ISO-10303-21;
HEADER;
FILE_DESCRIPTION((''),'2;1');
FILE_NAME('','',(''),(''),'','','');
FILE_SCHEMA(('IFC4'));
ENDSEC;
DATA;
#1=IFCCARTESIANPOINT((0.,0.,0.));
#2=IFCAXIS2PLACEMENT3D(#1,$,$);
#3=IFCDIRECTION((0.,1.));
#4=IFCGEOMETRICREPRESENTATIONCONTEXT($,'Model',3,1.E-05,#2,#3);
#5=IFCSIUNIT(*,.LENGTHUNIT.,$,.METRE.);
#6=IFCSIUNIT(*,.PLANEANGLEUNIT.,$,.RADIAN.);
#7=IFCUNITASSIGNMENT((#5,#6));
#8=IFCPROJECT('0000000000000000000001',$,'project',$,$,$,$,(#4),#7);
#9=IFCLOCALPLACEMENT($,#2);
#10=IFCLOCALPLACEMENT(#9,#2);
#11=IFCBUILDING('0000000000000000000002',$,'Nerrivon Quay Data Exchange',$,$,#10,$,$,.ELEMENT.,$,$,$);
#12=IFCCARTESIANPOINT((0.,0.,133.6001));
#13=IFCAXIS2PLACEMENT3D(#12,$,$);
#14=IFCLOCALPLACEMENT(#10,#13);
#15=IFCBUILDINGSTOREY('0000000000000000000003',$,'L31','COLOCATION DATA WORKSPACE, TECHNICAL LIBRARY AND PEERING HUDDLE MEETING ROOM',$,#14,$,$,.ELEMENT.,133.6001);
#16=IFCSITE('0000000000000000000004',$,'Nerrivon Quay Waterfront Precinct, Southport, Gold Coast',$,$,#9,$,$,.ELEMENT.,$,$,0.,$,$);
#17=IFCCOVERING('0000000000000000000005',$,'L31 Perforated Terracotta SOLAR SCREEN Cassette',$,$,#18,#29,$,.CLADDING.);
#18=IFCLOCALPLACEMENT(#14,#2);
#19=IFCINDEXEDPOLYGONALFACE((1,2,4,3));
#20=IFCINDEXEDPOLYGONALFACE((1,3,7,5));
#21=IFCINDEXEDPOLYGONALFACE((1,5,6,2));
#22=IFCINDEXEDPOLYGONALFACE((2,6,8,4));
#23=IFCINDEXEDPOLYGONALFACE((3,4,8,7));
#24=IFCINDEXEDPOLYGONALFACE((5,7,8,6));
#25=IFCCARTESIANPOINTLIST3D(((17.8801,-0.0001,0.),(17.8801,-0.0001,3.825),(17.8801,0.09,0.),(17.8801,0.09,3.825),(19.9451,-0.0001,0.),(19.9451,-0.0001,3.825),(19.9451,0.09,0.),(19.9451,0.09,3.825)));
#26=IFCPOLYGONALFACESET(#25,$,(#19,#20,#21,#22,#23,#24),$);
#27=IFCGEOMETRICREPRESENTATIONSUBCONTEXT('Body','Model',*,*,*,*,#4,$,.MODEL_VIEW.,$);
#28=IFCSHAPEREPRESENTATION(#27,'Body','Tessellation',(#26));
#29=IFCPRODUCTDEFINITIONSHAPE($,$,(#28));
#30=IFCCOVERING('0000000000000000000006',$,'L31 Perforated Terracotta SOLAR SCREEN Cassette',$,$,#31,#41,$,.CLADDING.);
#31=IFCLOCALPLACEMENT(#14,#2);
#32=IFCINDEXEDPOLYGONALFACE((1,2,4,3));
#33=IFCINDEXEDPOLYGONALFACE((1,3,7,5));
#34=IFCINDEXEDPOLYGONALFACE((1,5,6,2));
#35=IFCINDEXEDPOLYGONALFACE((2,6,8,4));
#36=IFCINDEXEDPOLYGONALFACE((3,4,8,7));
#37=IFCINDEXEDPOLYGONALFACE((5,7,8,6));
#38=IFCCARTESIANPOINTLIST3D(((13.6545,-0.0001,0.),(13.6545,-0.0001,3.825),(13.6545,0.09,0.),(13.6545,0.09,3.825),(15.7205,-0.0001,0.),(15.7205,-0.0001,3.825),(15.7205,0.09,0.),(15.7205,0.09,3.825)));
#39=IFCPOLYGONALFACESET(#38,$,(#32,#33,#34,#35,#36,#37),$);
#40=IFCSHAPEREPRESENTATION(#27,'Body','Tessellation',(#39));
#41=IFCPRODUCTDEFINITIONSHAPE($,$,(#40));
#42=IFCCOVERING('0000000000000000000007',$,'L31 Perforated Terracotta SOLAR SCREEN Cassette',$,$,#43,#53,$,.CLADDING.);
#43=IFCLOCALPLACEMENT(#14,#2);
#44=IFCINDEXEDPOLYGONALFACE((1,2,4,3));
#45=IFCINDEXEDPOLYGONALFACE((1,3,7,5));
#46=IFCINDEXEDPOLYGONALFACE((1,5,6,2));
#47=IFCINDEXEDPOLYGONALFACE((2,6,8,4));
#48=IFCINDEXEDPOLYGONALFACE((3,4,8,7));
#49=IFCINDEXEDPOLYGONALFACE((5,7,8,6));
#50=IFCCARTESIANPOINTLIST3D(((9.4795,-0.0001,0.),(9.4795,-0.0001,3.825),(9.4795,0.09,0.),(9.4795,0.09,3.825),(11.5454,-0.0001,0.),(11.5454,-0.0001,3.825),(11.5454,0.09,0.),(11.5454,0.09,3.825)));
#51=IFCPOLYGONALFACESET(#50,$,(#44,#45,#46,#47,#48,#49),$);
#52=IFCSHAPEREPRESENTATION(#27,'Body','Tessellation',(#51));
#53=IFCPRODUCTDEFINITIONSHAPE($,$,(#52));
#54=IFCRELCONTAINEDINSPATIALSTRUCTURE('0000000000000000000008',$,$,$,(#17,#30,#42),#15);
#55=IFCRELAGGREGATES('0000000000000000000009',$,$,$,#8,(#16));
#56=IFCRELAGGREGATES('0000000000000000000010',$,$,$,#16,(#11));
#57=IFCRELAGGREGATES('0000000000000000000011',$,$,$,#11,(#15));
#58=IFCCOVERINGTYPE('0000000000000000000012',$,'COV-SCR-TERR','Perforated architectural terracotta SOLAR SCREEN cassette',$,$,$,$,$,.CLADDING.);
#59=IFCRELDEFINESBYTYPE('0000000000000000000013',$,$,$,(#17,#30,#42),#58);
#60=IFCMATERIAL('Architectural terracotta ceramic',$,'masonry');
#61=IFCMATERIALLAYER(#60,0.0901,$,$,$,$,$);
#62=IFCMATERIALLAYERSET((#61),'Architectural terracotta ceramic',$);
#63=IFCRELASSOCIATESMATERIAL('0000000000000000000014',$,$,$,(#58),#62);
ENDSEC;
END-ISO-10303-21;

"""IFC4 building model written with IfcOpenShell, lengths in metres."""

from ifc_helpers import new_model, si_unit, direction, frame, origin, origin_2d, place, context, subcontext, project, spatial, rectangle, extrude, material, layer, layer_set, type_object, element, save


model = new_model("IFC4")

# Units and contexts
model_context = context("Model", 3, precision=1e-05, world=origin(), true_north=direction((0.0, 1.0)))
body_context = subcontext(model_context, "Body", "Model", "MODEL_VIEW")
ifc_project = project(units=[si_unit("LENGTHUNIT", "METRE"), si_unit("PLANEANGLEUNIT", "RADIAN")], contexts=[model_context])

# Site, building, storey
site_placement = place(None, origin())
site = spatial("IfcSite", under=ifc_project, at=site_placement, Name="Nerrivon Quay Waterfront Precinct, Southport, Gold Coast", CompositionType="ELEMENT", RefElevation=0.0)
building_placement = place(site_placement, origin())
building = spatial("IfcBuilding", under=site, at=building_placement, Name="Nerrivon Quay Data Exchange", CompositionType="ELEMENT")
storey_placement = place(building_placement, frame((0.0, 0.0, 133.6001)))
storey = spatial("IfcBuildingStorey", under=building, at=storey_placement, Name="L31", Description="COLOCATION DATA WORKSPACE, TECHNICAL LIBRARY AND PEERING HUDDLE MEETING ROOM", CompositionType="ELEMENT", Elevation=133.6001)

# Coverings
ifc_material_1 = material(Name="Architectural terracotta ceramic", Category="masonry")
ifc_layer_1 = layer(ifc_material_1, 0.0901)
ifc_layer_set_1 = layer_set([ifc_layer_1], Name="Architectural terracotta ceramic")
covering_type = type_object("IfcCoveringType", Name="COV-SCR-TERR", Description="Perforated architectural terracotta SOLAR SCREEN cassette", PredefinedType="CLADDING", material=ifc_layer_set_1)
covering_placement = place(storey_placement, frame((18.9126, 0.0449, 0.0), z_axis=(0.0, 0.0, 1.0), x_axis=(-1.0, 0.0, 0.0)))
element("IfcCovering", 1, at=covering_placement, inside=storey, type_object=covering_type, Name="L31 Perforated Terracotta SOLAR SCREEN Cassette", PredefinedType="CLADDING", context=body_context, shape_type="SweptSolid", body=[
    extrude(rectangle(XDim=2.0649, YDim=0.0901, at=origin_2d()), origin(), (0.0, 0.0, 1.0), 3.825),
])
for number, where, z_axis, x_axis, name in (
    (2, (14.6875, 0.0449, 0.0), (0.0, 0.0, 1.0), (-1.0, 0.0, 0.0), "L31 Perforated Terracotta SOLAR SCREEN Cassette"),
    (3, (10.5125, 0.0449, 0.0), (0.0, 0.0, 1.0), (-1.0, 0.0, 0.0), "L31 Perforated Terracotta SOLAR SCREEN Cassette"),
):
    element("IfcCovering", number, at=place(storey_placement, frame(where, z_axis=z_axis, x_axis=x_axis)), inside=storey, type_object=covering_type, Name=name, PredefinedType="CLADDING", context=body_context, shape_type="SweptSolid", body=[
        extrude(rectangle(XDim=2.0659, YDim=0.0901, at=origin_2d()), origin(), (0.0, 0.0, 1.0), 3.825),
    ])

save(model, "model.ifc")
